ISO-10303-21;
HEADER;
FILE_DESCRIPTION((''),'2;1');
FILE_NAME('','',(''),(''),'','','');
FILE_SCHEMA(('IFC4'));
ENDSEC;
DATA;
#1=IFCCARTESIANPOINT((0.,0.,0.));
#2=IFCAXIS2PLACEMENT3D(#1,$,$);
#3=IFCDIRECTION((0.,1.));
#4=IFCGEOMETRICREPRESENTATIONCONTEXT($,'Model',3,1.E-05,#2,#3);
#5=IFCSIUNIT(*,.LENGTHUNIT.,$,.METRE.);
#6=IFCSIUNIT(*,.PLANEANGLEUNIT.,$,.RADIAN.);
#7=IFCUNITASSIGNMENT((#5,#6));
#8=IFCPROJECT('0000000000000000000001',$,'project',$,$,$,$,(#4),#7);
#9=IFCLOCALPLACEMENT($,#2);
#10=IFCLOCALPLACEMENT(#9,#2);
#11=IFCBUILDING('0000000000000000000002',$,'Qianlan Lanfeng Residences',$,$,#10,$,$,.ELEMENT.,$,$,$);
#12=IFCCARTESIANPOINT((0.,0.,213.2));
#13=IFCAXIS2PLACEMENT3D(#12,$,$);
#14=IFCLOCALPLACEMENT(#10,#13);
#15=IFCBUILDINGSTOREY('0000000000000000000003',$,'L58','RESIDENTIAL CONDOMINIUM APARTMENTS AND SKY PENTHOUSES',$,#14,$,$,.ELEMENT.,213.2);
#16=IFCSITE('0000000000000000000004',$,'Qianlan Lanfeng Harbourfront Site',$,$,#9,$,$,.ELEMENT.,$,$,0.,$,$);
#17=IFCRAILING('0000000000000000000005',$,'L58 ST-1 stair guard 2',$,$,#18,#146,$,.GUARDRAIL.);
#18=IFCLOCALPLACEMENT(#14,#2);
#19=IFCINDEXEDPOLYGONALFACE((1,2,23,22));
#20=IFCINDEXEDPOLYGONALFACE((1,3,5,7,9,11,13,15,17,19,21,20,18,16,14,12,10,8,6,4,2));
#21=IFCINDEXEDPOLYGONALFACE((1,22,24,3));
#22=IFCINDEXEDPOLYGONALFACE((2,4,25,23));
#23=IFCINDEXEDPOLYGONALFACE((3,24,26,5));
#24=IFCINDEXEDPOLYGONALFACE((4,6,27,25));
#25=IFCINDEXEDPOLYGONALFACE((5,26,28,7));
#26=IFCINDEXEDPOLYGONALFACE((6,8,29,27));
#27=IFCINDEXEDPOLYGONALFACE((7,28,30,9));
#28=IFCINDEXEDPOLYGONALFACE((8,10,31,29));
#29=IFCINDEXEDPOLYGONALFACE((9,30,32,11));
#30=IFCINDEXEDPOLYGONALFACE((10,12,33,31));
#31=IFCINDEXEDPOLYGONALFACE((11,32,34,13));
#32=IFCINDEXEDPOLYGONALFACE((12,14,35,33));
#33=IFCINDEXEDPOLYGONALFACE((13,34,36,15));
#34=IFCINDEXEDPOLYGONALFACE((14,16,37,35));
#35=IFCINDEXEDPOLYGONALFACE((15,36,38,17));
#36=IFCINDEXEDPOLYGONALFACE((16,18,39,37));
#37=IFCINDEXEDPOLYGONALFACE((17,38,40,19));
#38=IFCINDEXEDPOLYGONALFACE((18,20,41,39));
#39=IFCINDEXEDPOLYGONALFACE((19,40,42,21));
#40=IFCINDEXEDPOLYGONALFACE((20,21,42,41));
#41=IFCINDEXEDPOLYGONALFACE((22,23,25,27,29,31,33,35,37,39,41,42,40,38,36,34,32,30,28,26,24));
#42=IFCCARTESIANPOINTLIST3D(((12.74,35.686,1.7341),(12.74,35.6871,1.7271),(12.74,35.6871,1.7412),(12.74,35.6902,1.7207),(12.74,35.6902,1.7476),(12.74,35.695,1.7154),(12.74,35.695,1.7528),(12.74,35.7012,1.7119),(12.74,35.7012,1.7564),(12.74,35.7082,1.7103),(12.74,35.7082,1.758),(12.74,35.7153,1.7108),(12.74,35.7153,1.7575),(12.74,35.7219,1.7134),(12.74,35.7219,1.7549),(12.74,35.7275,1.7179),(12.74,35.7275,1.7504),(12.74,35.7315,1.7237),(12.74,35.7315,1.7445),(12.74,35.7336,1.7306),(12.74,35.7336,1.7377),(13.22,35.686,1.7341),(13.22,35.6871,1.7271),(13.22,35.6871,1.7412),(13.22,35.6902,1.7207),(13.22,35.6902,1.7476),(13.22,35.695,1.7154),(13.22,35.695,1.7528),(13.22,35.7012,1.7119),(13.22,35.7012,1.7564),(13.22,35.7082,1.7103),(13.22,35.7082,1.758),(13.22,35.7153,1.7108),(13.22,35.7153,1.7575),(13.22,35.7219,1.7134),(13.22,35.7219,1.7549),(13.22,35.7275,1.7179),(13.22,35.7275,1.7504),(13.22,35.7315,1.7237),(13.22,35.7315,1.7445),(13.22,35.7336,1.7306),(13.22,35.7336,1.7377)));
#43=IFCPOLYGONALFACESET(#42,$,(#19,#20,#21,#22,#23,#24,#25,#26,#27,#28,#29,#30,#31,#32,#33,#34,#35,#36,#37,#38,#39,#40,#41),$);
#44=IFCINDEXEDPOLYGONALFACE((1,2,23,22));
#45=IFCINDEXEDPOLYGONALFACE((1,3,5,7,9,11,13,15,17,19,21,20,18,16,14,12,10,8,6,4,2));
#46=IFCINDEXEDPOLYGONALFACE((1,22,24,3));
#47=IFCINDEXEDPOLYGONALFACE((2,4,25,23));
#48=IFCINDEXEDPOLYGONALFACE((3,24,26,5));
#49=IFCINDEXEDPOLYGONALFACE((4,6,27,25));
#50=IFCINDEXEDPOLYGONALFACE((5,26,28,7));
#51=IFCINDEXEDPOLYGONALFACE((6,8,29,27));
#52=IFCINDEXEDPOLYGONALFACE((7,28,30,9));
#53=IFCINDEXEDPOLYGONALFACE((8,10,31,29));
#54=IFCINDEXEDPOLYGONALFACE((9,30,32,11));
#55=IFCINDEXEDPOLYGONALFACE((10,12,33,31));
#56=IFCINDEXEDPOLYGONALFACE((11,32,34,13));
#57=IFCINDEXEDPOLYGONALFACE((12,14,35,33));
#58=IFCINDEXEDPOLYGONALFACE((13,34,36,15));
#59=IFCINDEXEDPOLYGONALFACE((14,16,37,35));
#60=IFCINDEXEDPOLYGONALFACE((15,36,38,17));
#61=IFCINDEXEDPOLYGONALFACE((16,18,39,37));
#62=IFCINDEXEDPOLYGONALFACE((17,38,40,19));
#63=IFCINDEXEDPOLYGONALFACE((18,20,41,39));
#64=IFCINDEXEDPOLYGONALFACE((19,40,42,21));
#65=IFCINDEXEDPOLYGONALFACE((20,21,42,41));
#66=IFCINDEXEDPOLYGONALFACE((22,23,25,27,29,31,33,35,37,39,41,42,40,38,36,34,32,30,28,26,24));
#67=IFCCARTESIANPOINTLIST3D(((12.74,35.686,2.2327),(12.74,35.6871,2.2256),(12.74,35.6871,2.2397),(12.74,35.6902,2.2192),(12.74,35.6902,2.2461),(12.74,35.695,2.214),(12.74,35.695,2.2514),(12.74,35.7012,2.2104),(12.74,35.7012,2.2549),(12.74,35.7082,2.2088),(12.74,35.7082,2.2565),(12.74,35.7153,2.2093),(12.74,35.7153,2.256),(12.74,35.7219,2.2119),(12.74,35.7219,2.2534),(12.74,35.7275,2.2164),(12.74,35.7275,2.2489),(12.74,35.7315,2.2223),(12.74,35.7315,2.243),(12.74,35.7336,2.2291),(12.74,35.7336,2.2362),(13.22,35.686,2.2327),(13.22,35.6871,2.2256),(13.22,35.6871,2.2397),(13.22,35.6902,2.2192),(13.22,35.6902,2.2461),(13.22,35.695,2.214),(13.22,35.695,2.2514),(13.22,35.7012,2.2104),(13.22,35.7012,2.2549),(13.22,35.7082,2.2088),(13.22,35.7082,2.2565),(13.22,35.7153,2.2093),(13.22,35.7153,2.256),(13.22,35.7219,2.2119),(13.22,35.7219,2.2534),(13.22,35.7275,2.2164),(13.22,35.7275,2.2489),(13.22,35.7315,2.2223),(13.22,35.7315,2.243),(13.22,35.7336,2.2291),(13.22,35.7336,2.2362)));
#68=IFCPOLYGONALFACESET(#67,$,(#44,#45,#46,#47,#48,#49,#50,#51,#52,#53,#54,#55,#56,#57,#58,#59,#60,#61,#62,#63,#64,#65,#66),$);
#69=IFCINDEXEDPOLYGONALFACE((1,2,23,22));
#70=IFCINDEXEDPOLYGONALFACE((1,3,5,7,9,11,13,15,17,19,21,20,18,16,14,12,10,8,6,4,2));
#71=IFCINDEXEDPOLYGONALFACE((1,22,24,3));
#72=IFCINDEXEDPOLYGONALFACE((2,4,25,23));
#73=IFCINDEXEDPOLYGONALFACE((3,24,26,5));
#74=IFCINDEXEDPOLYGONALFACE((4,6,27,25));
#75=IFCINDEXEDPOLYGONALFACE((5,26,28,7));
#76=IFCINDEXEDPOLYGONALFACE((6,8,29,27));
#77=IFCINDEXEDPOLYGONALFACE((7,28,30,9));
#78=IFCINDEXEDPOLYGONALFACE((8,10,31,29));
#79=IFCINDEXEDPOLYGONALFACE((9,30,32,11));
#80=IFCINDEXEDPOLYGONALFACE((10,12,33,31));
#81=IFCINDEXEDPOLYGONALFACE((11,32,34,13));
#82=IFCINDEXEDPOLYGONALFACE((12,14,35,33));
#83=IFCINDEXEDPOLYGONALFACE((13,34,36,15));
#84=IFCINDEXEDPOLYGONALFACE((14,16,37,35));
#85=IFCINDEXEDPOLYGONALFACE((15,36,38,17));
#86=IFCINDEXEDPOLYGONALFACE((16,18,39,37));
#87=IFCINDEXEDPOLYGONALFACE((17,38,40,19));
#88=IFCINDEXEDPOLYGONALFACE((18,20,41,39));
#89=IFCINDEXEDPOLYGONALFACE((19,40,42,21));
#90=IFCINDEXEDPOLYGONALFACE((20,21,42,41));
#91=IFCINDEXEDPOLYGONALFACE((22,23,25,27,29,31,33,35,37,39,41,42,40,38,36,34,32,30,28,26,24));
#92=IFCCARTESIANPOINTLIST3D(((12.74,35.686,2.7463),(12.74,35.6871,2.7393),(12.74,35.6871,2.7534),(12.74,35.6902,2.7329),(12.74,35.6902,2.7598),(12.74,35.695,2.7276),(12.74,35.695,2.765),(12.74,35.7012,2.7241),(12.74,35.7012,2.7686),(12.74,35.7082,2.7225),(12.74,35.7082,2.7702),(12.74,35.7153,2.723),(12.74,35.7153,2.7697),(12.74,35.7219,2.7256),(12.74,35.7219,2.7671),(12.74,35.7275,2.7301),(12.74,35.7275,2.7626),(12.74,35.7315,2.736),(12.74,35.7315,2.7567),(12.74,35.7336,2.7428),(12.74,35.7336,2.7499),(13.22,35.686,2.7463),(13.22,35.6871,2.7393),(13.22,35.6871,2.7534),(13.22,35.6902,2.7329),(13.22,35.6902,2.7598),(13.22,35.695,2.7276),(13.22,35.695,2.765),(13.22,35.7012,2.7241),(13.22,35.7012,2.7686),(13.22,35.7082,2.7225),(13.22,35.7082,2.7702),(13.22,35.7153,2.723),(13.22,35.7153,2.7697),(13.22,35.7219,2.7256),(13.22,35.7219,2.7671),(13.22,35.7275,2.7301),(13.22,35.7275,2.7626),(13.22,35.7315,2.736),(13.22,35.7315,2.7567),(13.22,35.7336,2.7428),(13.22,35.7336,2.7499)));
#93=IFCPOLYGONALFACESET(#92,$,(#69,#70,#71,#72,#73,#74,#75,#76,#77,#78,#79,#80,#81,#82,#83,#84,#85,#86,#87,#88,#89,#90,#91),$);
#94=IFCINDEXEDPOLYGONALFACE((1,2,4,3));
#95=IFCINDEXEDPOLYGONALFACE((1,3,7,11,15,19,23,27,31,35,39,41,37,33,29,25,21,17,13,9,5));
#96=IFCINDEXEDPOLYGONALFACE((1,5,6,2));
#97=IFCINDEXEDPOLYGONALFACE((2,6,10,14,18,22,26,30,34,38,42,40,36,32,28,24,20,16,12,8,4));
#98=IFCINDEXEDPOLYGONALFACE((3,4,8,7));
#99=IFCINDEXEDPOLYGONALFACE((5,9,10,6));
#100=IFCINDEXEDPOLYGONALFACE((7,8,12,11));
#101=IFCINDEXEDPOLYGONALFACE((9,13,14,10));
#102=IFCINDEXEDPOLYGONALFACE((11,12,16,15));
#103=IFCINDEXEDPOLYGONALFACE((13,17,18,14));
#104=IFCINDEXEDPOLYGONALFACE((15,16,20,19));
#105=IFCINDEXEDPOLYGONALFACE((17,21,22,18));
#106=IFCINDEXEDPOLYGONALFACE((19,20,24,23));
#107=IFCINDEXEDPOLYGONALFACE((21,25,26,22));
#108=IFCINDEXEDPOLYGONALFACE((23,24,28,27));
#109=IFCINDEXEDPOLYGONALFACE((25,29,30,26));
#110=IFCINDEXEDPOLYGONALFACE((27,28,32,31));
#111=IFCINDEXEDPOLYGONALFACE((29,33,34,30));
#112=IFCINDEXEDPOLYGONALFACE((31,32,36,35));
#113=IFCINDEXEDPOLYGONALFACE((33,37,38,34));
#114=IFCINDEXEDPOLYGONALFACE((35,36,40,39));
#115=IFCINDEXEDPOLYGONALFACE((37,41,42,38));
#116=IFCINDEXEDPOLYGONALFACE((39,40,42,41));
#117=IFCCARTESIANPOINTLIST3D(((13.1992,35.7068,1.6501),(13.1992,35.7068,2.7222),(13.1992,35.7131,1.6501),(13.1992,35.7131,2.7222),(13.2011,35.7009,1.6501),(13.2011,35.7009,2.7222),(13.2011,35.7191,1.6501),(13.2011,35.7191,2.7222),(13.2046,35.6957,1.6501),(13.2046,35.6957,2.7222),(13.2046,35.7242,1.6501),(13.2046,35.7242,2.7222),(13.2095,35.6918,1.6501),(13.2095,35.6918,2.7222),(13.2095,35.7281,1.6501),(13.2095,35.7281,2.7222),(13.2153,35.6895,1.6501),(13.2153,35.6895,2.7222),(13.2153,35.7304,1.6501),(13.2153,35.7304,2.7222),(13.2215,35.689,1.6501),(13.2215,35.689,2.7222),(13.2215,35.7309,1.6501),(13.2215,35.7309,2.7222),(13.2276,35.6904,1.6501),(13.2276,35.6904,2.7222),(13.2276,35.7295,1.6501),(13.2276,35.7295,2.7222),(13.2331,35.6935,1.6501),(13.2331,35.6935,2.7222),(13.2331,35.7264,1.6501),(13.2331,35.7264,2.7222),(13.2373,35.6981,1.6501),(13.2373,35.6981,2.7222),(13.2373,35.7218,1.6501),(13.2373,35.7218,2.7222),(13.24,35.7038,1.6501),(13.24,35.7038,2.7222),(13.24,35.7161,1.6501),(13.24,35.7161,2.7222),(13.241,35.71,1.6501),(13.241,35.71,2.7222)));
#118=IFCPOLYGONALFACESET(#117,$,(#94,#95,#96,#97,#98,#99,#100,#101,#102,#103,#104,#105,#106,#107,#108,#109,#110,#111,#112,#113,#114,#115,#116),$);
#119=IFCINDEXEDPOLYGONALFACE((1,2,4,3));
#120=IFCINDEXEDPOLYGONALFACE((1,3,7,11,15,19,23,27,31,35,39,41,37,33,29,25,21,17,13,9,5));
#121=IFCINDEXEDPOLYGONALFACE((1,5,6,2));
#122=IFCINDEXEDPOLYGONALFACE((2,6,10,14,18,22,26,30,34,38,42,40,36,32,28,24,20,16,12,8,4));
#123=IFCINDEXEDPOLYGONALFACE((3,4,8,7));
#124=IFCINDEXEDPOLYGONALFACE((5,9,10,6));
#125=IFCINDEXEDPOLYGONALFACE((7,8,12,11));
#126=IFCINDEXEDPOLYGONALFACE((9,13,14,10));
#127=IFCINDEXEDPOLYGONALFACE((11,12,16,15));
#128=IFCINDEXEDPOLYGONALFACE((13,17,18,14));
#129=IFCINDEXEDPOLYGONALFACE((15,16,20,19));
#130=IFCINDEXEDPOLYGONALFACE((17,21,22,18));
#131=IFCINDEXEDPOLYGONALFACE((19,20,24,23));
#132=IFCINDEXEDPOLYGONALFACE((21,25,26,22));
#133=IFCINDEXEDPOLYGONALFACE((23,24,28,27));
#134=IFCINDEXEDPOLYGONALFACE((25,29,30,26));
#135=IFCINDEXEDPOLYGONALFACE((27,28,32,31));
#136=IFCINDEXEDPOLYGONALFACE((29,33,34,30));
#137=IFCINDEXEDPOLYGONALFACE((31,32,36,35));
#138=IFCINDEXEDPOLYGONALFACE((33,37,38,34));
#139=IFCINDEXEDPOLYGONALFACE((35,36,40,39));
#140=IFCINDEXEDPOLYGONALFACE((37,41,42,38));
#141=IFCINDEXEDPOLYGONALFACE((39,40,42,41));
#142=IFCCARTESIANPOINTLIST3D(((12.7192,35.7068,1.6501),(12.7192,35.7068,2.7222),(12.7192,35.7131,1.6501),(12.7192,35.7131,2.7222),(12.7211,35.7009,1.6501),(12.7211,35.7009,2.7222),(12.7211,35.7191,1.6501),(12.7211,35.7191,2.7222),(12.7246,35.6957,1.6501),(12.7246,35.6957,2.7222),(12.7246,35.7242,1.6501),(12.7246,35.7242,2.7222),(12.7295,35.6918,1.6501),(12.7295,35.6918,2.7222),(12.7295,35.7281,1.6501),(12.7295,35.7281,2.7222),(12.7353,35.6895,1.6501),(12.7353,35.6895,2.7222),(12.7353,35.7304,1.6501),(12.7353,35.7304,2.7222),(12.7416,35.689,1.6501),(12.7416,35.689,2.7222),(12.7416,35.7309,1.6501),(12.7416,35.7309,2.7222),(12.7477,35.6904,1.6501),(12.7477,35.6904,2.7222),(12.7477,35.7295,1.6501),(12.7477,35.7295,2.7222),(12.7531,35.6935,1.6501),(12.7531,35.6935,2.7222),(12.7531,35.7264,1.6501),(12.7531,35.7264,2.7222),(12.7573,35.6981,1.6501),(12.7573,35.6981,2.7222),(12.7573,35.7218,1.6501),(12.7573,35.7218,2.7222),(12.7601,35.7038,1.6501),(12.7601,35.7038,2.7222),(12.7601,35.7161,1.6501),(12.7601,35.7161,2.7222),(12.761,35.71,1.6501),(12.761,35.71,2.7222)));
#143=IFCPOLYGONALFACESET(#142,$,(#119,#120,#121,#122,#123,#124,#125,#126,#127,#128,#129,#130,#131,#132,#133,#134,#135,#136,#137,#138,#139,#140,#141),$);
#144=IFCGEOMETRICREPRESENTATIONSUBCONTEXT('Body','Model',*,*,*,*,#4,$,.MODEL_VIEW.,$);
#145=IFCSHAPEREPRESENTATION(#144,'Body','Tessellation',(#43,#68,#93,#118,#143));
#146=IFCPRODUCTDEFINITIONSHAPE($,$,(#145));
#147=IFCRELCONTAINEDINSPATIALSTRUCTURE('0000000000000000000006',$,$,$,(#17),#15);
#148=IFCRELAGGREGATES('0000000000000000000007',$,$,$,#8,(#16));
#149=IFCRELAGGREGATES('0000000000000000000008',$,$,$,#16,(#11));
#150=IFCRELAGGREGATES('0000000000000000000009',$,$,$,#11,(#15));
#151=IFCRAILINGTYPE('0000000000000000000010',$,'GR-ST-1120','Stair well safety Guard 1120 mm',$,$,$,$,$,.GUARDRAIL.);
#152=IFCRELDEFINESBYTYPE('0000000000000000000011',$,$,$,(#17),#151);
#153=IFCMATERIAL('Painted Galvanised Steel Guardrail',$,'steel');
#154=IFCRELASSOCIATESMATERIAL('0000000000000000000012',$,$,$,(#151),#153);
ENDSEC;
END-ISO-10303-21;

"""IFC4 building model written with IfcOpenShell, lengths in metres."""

from ifc_helpers import new_model, si_unit, direction, frame, origin, origin_2d, place, context, subcontext, project, spatial, circle, extrude, material, type_object, element, save


model = new_model("IFC4")

# Units and contexts
model_context = context("Model", 3, precision=1e-05, world=origin(), true_north=direction((0.0, 1.0)))
body_context = subcontext(model_context, "Body", "Model", "MODEL_VIEW")
ifc_project = project(units=[si_unit("LENGTHUNIT", "METRE"), si_unit("PLANEANGLEUNIT", "RADIAN")], contexts=[model_context])

# Site, building, storey
site_placement = place(None, origin())
site = spatial("IfcSite", under=ifc_project, at=site_placement, Name="Qianlan Lanfeng Harbourfront Site", CompositionType="ELEMENT", RefElevation=0.0)
building_placement = place(site_placement, origin())
building = spatial("IfcBuilding", under=site, at=building_placement, Name="Qianlan Lanfeng Residences", CompositionType="ELEMENT")
storey_placement = place(building_placement, frame((0.0, 0.0, 213.2)))
storey = spatial("IfcBuildingStorey", under=building, at=storey_placement, Name="L58", Description="RESIDENTIAL CONDOMINIUM APARTMENTS AND SKY PENTHOUSES", CompositionType="ELEMENT", Elevation=213.2)

# Railing
ifc_material_1 = material(Name="Painted Galvanised Steel Guardrail", Category="steel")
railing_type_1 = type_object("IfcRailingType", Name="GR-ST-1120", Description="Stair well safety Guard 1120 mm", PredefinedType="GUARDRAIL", material=ifc_material_1)
railing_1_placement = place(storey_placement, frame((13.22, 35.71, 1.6501)))
element("IfcRailing", 1, at=railing_1_placement, inside=storey, type_object=railing_type_1, Name="L58 ST-1 stair guard 2", PredefinedType="GUARDRAIL", context=body_context, shape_type="SweptSolid", body=[
    extrude(circle(Radius=0.0239, at=origin_2d()), frame((0.0, 0.0, 0.084), z_axis=(-1.0, 0.0, 0.0), x_axis=(0.0, -1.0, 0.0)), (0.0, 0.0, 1.0), 0.48),
    extrude(circle(Radius=0.0239, at=origin_2d()), frame((0.0, 0.0, 0.5825), z_axis=(-1.0, 0.0, 0.0), x_axis=(0.0, -1.0, 0.0)), (0.0, 0.0, 1.0), 0.48),
    extrude(circle(Radius=0.0239, at=origin_2d()), frame((0.0, 0.0, 1.0962), z_axis=(-1.0, 0.0, 0.0), x_axis=(0.0, -1.0, 0.0)), (0.0, 0.0, 1.0), 0.48),
    extrude(circle(Radius=0.021, at=origin_2d()), origin(), (0.0, 0.0, 1.0), 1.072),
    extrude(circle(Radius=0.021, at=origin_2d()), frame((-0.48, 0.0, 0.0)), (0.0, 0.0, 1.0), 1.072),
])

save(model, "model.ifc")
